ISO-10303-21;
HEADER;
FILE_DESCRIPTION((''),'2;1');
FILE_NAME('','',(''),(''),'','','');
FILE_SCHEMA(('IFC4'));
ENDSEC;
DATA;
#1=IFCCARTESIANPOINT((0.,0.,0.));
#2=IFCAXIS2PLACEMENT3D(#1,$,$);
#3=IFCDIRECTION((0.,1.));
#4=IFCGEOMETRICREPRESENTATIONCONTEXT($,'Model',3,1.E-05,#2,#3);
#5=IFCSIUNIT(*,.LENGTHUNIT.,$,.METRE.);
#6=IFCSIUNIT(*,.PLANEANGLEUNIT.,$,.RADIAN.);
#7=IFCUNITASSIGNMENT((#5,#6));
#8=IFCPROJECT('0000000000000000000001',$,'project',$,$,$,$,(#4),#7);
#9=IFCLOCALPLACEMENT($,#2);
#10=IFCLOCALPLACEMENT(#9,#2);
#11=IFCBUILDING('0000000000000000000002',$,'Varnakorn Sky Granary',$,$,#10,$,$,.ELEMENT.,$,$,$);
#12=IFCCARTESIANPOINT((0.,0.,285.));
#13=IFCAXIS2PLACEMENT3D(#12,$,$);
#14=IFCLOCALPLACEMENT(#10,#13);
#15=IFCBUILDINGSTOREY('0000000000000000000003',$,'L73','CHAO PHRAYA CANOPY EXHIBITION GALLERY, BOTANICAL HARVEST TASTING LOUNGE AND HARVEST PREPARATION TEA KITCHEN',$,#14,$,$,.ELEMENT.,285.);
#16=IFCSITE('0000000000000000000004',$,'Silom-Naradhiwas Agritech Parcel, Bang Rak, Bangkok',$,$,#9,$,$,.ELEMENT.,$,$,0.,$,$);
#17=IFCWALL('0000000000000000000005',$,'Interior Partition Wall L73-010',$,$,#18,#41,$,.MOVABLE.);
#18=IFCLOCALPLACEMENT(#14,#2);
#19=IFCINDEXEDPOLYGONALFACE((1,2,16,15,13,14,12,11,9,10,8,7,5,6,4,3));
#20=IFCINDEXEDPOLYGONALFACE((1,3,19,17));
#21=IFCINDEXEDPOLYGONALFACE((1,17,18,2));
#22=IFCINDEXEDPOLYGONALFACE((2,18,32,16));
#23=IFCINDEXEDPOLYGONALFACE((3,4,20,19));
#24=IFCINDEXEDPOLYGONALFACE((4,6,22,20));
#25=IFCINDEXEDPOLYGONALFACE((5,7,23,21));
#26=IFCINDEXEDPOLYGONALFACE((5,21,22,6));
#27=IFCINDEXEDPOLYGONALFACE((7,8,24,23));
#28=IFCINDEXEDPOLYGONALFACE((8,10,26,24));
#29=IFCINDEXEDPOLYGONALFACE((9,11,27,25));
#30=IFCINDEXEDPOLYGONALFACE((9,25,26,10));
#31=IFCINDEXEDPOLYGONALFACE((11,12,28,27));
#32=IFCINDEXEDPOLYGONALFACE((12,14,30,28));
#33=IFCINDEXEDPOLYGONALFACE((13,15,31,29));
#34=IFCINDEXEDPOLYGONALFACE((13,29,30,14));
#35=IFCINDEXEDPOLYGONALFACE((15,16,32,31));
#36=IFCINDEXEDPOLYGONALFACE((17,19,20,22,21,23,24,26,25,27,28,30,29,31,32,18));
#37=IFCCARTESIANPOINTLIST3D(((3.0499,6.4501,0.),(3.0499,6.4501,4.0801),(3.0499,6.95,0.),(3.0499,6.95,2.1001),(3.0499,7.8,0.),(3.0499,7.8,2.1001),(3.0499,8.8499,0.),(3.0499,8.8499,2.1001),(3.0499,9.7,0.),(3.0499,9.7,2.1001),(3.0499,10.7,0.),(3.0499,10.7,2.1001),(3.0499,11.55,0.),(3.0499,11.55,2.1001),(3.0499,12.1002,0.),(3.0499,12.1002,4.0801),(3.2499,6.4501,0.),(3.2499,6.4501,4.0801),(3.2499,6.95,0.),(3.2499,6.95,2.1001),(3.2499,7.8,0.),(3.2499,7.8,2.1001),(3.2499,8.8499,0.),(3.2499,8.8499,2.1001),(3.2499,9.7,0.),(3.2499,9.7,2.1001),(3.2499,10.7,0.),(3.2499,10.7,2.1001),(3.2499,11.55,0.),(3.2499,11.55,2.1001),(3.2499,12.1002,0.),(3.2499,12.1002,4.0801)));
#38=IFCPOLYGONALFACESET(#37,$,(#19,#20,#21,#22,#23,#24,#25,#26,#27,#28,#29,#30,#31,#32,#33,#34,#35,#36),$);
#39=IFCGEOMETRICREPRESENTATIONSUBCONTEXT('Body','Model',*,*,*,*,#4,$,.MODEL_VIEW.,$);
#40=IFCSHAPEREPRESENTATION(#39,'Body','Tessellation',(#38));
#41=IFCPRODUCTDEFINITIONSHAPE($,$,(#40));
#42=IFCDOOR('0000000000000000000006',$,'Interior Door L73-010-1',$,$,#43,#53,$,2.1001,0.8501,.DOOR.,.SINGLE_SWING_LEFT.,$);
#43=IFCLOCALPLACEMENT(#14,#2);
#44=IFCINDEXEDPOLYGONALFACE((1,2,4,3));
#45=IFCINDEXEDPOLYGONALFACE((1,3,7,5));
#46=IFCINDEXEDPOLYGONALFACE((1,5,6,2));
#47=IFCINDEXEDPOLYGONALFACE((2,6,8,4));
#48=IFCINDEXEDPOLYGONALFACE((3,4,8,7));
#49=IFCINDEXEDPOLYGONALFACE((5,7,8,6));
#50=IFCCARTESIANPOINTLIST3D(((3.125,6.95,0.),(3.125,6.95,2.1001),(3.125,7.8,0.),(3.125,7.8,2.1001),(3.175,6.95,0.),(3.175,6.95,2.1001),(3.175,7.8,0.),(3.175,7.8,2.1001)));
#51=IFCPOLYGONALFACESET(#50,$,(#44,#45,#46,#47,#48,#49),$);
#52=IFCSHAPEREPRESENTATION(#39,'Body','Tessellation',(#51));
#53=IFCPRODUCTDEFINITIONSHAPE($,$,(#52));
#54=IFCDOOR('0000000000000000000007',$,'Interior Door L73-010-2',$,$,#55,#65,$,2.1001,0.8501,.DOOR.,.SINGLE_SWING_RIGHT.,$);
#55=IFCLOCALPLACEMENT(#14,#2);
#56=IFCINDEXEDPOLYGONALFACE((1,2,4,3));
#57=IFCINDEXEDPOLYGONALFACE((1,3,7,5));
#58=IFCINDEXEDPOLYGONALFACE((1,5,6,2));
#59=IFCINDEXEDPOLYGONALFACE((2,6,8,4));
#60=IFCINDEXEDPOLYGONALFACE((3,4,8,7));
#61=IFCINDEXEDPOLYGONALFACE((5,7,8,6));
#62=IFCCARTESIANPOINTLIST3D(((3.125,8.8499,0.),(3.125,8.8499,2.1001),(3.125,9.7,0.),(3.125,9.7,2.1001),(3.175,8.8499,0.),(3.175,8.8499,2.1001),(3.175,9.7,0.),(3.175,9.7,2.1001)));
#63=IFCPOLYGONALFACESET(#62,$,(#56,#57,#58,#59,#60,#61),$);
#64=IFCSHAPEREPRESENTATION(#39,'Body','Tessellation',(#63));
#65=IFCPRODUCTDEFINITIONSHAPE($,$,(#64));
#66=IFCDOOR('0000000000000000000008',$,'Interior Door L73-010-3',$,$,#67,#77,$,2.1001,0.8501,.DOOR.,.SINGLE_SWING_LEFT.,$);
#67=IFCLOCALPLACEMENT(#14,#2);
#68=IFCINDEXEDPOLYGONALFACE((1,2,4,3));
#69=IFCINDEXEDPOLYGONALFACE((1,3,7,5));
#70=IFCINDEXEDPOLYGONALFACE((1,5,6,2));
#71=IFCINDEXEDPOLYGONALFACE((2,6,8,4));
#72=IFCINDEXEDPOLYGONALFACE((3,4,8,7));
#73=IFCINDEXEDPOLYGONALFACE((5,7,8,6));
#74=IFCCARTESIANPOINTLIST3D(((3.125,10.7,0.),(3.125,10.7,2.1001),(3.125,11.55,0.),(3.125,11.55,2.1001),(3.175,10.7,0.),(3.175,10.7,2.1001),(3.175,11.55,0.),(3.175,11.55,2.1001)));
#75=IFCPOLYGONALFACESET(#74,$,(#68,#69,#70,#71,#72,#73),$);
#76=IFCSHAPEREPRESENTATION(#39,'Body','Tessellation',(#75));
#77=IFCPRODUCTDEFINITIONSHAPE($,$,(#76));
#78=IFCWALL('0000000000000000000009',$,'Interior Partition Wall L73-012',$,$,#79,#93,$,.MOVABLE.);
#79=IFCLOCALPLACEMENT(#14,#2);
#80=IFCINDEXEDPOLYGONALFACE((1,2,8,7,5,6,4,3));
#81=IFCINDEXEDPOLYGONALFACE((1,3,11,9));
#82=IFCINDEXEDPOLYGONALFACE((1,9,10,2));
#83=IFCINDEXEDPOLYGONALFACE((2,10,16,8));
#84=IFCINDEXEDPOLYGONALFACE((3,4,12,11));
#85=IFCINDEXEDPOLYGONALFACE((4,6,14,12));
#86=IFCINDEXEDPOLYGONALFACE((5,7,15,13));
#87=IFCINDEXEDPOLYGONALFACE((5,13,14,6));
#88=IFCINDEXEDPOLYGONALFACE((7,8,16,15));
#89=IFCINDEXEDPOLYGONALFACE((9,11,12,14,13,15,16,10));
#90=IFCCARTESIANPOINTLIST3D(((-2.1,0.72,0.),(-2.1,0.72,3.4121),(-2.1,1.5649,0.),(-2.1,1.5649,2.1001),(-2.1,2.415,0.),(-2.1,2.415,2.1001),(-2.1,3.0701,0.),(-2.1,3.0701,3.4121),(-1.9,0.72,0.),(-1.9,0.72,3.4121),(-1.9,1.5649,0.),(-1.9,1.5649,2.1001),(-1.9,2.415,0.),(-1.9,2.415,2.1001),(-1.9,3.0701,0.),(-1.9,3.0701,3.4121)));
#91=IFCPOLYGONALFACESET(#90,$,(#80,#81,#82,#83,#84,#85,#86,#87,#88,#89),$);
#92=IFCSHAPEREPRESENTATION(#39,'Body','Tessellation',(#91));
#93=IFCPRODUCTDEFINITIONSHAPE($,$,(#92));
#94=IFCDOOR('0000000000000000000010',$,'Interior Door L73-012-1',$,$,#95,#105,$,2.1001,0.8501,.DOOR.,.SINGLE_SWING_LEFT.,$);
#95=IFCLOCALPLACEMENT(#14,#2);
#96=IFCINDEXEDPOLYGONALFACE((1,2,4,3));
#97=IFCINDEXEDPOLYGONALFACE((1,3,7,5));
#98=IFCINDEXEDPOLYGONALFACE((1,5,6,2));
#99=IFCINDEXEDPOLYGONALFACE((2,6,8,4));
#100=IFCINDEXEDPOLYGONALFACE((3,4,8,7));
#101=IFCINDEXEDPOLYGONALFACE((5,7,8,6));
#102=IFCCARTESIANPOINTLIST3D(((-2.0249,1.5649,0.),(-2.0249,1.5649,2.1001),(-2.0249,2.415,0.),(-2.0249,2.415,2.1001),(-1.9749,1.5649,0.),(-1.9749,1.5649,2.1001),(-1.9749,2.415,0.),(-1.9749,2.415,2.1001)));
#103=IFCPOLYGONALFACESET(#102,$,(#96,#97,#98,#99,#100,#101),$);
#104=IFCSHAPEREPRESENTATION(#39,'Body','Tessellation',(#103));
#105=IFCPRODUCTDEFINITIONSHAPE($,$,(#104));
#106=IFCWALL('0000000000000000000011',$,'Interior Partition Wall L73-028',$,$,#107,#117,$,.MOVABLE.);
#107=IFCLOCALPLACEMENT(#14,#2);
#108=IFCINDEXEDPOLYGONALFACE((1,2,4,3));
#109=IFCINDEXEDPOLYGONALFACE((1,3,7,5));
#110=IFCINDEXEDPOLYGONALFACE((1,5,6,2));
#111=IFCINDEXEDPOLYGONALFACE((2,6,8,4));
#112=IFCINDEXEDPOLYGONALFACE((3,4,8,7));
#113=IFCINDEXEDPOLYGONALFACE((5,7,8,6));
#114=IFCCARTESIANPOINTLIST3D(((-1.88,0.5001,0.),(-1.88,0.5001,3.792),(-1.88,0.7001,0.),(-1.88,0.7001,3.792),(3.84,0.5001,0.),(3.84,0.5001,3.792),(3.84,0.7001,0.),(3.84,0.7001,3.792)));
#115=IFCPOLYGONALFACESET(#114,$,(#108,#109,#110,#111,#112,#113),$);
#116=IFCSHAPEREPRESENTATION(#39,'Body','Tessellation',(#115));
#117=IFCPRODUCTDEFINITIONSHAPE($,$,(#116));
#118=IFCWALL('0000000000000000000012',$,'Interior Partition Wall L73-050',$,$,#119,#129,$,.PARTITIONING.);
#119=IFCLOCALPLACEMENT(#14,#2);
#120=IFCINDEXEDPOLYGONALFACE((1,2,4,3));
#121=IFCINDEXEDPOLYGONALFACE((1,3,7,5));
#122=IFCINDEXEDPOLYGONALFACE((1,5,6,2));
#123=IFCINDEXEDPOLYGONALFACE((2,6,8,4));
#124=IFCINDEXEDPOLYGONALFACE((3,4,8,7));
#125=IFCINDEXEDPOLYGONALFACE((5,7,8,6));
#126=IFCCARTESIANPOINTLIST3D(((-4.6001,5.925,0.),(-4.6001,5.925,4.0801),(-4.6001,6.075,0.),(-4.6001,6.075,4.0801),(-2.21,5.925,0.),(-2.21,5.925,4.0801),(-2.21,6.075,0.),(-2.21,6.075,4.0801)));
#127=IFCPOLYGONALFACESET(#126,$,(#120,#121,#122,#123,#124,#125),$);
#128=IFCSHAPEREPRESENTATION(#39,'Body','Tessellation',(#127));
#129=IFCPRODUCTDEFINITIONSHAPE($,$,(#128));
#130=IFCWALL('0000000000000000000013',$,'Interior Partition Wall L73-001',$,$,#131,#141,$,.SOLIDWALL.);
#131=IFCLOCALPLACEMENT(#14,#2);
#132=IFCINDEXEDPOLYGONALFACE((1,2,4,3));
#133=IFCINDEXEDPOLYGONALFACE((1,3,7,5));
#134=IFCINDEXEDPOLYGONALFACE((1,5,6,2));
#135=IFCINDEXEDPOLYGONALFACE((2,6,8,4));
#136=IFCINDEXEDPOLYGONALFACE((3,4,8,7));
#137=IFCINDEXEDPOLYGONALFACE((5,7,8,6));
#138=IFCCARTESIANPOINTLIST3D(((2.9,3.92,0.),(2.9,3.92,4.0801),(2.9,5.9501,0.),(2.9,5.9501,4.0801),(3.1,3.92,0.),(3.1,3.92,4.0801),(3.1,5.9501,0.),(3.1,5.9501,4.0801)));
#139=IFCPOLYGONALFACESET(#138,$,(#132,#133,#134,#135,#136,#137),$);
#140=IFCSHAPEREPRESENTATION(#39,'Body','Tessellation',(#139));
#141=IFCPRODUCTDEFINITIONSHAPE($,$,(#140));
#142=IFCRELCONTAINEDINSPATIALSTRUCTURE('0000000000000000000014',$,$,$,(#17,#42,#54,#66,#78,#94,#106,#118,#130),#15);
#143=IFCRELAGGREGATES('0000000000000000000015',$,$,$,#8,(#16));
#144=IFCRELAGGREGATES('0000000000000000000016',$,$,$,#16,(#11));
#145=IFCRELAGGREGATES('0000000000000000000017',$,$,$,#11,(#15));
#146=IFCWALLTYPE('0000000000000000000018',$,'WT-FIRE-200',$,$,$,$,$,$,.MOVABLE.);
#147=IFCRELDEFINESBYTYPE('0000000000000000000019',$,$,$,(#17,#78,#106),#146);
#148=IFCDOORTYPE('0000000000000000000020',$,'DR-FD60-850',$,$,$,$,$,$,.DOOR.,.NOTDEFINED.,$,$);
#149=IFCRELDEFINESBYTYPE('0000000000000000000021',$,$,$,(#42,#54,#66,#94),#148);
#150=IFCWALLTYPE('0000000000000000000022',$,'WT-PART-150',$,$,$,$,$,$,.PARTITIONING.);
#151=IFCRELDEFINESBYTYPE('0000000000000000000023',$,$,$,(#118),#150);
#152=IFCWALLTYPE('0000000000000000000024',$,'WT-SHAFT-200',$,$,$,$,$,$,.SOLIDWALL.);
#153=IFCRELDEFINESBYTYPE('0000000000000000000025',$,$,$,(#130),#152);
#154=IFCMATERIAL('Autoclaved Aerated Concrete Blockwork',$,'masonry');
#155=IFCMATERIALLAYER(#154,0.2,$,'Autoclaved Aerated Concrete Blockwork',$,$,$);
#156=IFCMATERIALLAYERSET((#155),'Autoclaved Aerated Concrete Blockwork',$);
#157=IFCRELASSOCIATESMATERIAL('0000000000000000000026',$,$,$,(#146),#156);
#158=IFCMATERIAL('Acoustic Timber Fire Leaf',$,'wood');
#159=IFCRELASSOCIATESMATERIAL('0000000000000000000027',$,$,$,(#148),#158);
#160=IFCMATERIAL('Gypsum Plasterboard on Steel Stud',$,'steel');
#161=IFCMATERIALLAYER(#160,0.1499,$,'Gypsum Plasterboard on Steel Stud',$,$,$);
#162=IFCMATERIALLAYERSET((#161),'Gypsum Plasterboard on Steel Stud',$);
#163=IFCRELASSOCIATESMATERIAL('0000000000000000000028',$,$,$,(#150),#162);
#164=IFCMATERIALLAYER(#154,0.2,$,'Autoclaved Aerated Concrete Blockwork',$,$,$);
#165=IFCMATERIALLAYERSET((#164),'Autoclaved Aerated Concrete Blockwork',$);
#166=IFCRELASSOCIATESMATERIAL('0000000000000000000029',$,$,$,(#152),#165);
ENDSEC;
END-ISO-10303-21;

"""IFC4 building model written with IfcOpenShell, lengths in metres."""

from ifc_helpers import new_model, si_unit, direction, frame, frame_2d, origin, place, context, subcontext, project, spatial, rectangle, extrude, material, layer, layer_set, type_object, element, fill, save


model = new_model("IFC4")

# Units and contexts
model_context = context("Model", 3, precision=1e-05, world=origin(), true_north=direction((0.0, 1.0)))
body_context = subcontext(model_context, "Body", "Model", "MODEL_VIEW")
ifc_project = project(units=[si_unit("LENGTHUNIT", "METRE"), si_unit("PLANEANGLEUNIT", "RADIAN")], contexts=[model_context])

# Site, building, storey
site_placement = place(None, origin())
site = spatial("IfcSite", under=ifc_project, at=site_placement, Name="Silom-Naradhiwas Agritech Parcel, Bang Rak, Bangkok", CompositionType="ELEMENT", RefElevation=0.0)
building_placement = place(site_placement, origin())
building = spatial("IfcBuilding", under=site, at=building_placement, Name="Varnakorn Sky Granary", CompositionType="ELEMENT")
storey_placement = place(building_placement, frame((0.0, 0.0, 285.0)))
storey = spatial("IfcBuildingStorey", under=building, at=storey_placement, Name="L73", Description="CHAO PHRAYA CANOPY EXHIBITION GALLERY, BOTANICAL HARVEST TASTING LOUNGE AND HARVEST PREPARATION TEA KITCHEN", CompositionType="ELEMENT", Elevation=285.0)

# Wall, openings, doors
ifc_material_1 = material(Name="Autoclaved Aerated Concrete Blockwork", Category="masonry")
ifc_layer_1 = layer(ifc_material_1, 0.2, Name="Autoclaved Aerated Concrete Blockwork")
ifc_layer_set_1 = layer_set([ifc_layer_1], Name="Autoclaved Aerated Concrete Blockwork")
wall_type_1 = type_object("IfcWallType", Name="WT-FIRE-200", PredefinedType="MOVABLE", material=ifc_layer_set_1)
wall_1_placement = place(storey_placement, frame((3.1499, 6.45, 0.0), z_axis=(0.0, 0.0, 1.0), x_axis=(0.0, 1.0, 0.0)))
wall_1 = element("IfcWall", 1, at=wall_1_placement, inside=storey, type_object=wall_type_1, Name="Interior Partition Wall L73-010", PredefinedType="MOVABLE", context=body_context, shape_type="SweptSolid", body=[
    extrude(rectangle(XDim=5.6501, YDim=0.2, at=frame_2d((2.8252, 0.0))), origin(), (0.0, 0.0, 1.0), 4.0801),
])
opening_1_placement = place(wall_1_placement, frame((0.5, 0.0, 0.0)))
opening_1 = element("IfcOpeningElement", 2, at=opening_1_placement, cuts=wall_1, PredefinedType="OPENING", context=body_context, shape_type="SweptSolid", body=[
    extrude(rectangle(XDim=0.8501, YDim=2.1001, at=frame_2d((0.425, 1.05))), frame((0.0, 0.1099, 0.0), z_axis=(0.0, -1.0, 0.0), x_axis=(1.0, 0.0, 0.0)), (0.0, 0.0, 1.0), 0.22),
])
opening_2_placement = place(wall_1_placement, frame((2.3999, 0.0, 0.0)))
opening_2 = element("IfcOpeningElement", 3, at=opening_2_placement, cuts=wall_1, PredefinedType="OPENING", context=body_context, shape_type="SweptSolid", body=[
    extrude(rectangle(XDim=0.8501, YDim=2.1001, at=frame_2d((0.425, 1.05))), frame((0.0, 0.1099, 0.0), z_axis=(0.0, -1.0, 0.0), x_axis=(1.0, 0.0, 0.0)), (0.0, 0.0, 1.0), 0.22),
])
opening_3_placement = place(wall_1_placement, frame((4.25, 0.0, 0.0)))
opening_3 = element("IfcOpeningElement", 4, at=opening_3_placement, cuts=wall_1, PredefinedType="OPENING", context=body_context, shape_type="SweptSolid", body=[
    extrude(rectangle(XDim=0.8501, YDim=2.1001, at=frame_2d((0.425, 1.05))), frame((0.0, 0.1099, 0.0), z_axis=(0.0, -1.0, 0.0), x_axis=(1.0, 0.0, 0.0)), (0.0, 0.0, 1.0), 0.22),
])
ifc_material_2 = material(Name="Acoustic Timber Fire Leaf", Category="wood")
door_type_1 = type_object("IfcDoorType", Name="DR-FD60-850", OperationType="NOTDEFINED", PredefinedType="DOOR", material=ifc_material_2)
door_1_placement = place(opening_1_placement, origin())
door_1 = element("IfcDoor", 5, at=door_1_placement, inside=storey, type_object=door_type_1, Name="Interior Door L73-010-1", OperationType="SINGLE_SWING_LEFT", OverallHeight=2.1001, OverallWidth=0.8501, PredefinedType="DOOR", context=body_context, shape_type="SweptSolid", body=[
    extrude(rectangle(XDim=0.8501, YDim=2.1001, at=frame_2d((0.425, 1.05))), frame((0.0, 0.0249, 0.0), z_axis=(0.0, -1.0, 0.0), x_axis=(1.0, 0.0, 0.0)), (0.0, 0.0, 1.0), 0.05),
])
fill(opening_1, door_1)
door_2_placement = place(opening_2_placement, origin())
door_2 = element("IfcDoor", 6, at=door_2_placement, inside=storey, type_object=door_type_1, Name="Interior Door L73-010-2", OperationType="SINGLE_SWING_RIGHT", OverallHeight=2.1001, OverallWidth=0.8501, PredefinedType="DOOR", context=body_context, shape_type="SweptSolid", body=[
    extrude(rectangle(XDim=0.8501, YDim=2.1001, at=frame_2d((0.425, 1.05))), frame((0.0, 0.0249, 0.0), z_axis=(0.0, -1.0, 0.0), x_axis=(1.0, 0.0, 0.0)), (0.0, 0.0, 1.0), 0.05),
])
fill(opening_2, door_2)
door_3_placement = place(opening_3_placement, origin())
door_3 = element("IfcDoor", 7, at=door_3_placement, inside=storey, type_object=door_type_1, Name="Interior Door L73-010-3", OperationType="SINGLE_SWING_LEFT", OverallHeight=2.1001, OverallWidth=0.8501, PredefinedType="DOOR", context=body_context, shape_type="SweptSolid", body=[
    extrude(rectangle(XDim=0.8501, YDim=2.1001, at=frame_2d((0.425, 1.05))), frame((0.0, 0.0249, 0.0), z_axis=(0.0, -1.0, 0.0), x_axis=(1.0, 0.0, 0.0)), (0.0, 0.0, 1.0), 0.05),
])
fill(opening_3, door_3)

# Wall, opening, door
wall_2_placement = place(storey_placement, frame((-2.0, 0.72, 0.0), z_axis=(0.0, 0.0, 1.0), x_axis=(0.0, 1.0, 0.0)))
wall_2 = element("IfcWall", 8, at=wall_2_placement, inside=storey, type_object=wall_type_1, Name="Interior Partition Wall L73-012", PredefinedType="MOVABLE", context=body_context, shape_type="SweptSolid", body=[
    extrude(rectangle(XDim=2.3501, YDim=0.2, at=frame_2d((1.175, 0.0))), origin(), (0.0, 0.0, 1.0), 3.4121),
])
opening_4_placement = place(wall_2_placement, frame((0.845, 0.0, 0.0)))
opening_4 = element("IfcOpeningElement", 9, at=opening_4_placement, cuts=wall_2, PredefinedType="OPENING", context=body_context, shape_type="SweptSolid", body=[
    extrude(rectangle(XDim=0.8501, YDim=2.1001, at=frame_2d((0.425, 1.05))), frame((0.0, 0.1099, 0.0), z_axis=(0.0, -1.0, 0.0), x_axis=(1.0, 0.0, 0.0)), (0.0, 0.0, 1.0), 0.22),
])
door_4_placement = place(opening_4_placement, origin())
door_4 = element("IfcDoor", 10, at=door_4_placement, inside=storey, type_object=door_type_1, Name="Interior Door L73-012-1", OperationType="SINGLE_SWING_LEFT", OverallHeight=2.1001, OverallWidth=0.8501, PredefinedType="DOOR", context=body_context, shape_type="SweptSolid", body=[
    extrude(rectangle(XDim=0.8501, YDim=2.1001, at=frame_2d((0.425, 1.05))), frame((0.0, 0.0249, 0.0), z_axis=(0.0, -1.0, 0.0), x_axis=(1.0, 0.0, 0.0)), (0.0, 0.0, 1.0), 0.05),
])
fill(opening_4, door_4)

# Walls
wall_3_placement = place(storey_placement, frame((-1.8799, 0.6001, 0.0), z_axis=(0.0, 0.0, 1.0), x_axis=(1.0, 0.0, 0.0)))
element("IfcWall", 11, at=wall_3_placement, inside=storey, type_object=wall_type_1, Name="Interior Partition Wall L73-028", PredefinedType="MOVABLE", context=body_context, shape_type="SweptSolid", body=[
    extrude(rectangle(XDim=5.72, YDim=0.2, at=frame_2d((2.8599, 0.0))), origin(), (0.0, 0.0, 1.0), 3.792),
])
ifc_material_3 = material(Name="Gypsum Plasterboard on Steel Stud", Category="steel")
ifc_layer_2 = layer(ifc_material_3, 0.1499, Name="Gypsum Plasterboard on Steel Stud")
ifc_layer_set_2 = layer_set([ifc_layer_2], Name="Gypsum Plasterboard on Steel Stud")
wall_type_2 = type_object("IfcWallType", Name="WT-PART-150", PredefinedType="PARTITIONING", material=ifc_layer_set_2)
wall_4_placement = place(storey_placement, frame((-2.21, 6.0, 0.0), z_axis=(0.0, 0.0, 1.0), x_axis=(-1.0, 0.0, 0.0)))
element("IfcWall", 12, at=wall_4_placement, inside=storey, type_object=wall_type_2, Name="Interior Partition Wall L73-050", PredefinedType="PARTITIONING", context=body_context, shape_type="SweptSolid", body=[
    extrude(rectangle(XDim=2.3901, YDim=0.1499, at=frame_2d((1.1951, 0.0))), origin(), (0.0, 0.0, 1.0), 4.0801),
])
ifc_layer_3 = layer(ifc_material_1, 0.2, Name="Autoclaved Aerated Concrete Blockwork")
ifc_layer_set_3 = layer_set([ifc_layer_3], Name="Autoclaved Aerated Concrete Blockwork")
wall_type_3 = type_object("IfcWallType", Name="WT-SHAFT-200", PredefinedType="SOLIDWALL", material=ifc_layer_set_3)
wall_5_placement = place(storey_placement, frame((3.0, 3.9199, 0.0), z_axis=(0.0, 0.0, 1.0), x_axis=(0.0, 1.0, 0.0)))
element("IfcWall", 13, at=wall_5_placement, inside=storey, type_object=wall_type_3, Name="Interior Partition Wall L73-001", PredefinedType="SOLIDWALL", context=body_context, shape_type="SweptSolid", body=[
    extrude(rectangle(XDim=2.03, YDim=0.2, at=frame_2d((1.0151, 0.0))), origin(), (0.0, 0.0, 1.0), 4.0801),
])

save(model, "model.ifc")
